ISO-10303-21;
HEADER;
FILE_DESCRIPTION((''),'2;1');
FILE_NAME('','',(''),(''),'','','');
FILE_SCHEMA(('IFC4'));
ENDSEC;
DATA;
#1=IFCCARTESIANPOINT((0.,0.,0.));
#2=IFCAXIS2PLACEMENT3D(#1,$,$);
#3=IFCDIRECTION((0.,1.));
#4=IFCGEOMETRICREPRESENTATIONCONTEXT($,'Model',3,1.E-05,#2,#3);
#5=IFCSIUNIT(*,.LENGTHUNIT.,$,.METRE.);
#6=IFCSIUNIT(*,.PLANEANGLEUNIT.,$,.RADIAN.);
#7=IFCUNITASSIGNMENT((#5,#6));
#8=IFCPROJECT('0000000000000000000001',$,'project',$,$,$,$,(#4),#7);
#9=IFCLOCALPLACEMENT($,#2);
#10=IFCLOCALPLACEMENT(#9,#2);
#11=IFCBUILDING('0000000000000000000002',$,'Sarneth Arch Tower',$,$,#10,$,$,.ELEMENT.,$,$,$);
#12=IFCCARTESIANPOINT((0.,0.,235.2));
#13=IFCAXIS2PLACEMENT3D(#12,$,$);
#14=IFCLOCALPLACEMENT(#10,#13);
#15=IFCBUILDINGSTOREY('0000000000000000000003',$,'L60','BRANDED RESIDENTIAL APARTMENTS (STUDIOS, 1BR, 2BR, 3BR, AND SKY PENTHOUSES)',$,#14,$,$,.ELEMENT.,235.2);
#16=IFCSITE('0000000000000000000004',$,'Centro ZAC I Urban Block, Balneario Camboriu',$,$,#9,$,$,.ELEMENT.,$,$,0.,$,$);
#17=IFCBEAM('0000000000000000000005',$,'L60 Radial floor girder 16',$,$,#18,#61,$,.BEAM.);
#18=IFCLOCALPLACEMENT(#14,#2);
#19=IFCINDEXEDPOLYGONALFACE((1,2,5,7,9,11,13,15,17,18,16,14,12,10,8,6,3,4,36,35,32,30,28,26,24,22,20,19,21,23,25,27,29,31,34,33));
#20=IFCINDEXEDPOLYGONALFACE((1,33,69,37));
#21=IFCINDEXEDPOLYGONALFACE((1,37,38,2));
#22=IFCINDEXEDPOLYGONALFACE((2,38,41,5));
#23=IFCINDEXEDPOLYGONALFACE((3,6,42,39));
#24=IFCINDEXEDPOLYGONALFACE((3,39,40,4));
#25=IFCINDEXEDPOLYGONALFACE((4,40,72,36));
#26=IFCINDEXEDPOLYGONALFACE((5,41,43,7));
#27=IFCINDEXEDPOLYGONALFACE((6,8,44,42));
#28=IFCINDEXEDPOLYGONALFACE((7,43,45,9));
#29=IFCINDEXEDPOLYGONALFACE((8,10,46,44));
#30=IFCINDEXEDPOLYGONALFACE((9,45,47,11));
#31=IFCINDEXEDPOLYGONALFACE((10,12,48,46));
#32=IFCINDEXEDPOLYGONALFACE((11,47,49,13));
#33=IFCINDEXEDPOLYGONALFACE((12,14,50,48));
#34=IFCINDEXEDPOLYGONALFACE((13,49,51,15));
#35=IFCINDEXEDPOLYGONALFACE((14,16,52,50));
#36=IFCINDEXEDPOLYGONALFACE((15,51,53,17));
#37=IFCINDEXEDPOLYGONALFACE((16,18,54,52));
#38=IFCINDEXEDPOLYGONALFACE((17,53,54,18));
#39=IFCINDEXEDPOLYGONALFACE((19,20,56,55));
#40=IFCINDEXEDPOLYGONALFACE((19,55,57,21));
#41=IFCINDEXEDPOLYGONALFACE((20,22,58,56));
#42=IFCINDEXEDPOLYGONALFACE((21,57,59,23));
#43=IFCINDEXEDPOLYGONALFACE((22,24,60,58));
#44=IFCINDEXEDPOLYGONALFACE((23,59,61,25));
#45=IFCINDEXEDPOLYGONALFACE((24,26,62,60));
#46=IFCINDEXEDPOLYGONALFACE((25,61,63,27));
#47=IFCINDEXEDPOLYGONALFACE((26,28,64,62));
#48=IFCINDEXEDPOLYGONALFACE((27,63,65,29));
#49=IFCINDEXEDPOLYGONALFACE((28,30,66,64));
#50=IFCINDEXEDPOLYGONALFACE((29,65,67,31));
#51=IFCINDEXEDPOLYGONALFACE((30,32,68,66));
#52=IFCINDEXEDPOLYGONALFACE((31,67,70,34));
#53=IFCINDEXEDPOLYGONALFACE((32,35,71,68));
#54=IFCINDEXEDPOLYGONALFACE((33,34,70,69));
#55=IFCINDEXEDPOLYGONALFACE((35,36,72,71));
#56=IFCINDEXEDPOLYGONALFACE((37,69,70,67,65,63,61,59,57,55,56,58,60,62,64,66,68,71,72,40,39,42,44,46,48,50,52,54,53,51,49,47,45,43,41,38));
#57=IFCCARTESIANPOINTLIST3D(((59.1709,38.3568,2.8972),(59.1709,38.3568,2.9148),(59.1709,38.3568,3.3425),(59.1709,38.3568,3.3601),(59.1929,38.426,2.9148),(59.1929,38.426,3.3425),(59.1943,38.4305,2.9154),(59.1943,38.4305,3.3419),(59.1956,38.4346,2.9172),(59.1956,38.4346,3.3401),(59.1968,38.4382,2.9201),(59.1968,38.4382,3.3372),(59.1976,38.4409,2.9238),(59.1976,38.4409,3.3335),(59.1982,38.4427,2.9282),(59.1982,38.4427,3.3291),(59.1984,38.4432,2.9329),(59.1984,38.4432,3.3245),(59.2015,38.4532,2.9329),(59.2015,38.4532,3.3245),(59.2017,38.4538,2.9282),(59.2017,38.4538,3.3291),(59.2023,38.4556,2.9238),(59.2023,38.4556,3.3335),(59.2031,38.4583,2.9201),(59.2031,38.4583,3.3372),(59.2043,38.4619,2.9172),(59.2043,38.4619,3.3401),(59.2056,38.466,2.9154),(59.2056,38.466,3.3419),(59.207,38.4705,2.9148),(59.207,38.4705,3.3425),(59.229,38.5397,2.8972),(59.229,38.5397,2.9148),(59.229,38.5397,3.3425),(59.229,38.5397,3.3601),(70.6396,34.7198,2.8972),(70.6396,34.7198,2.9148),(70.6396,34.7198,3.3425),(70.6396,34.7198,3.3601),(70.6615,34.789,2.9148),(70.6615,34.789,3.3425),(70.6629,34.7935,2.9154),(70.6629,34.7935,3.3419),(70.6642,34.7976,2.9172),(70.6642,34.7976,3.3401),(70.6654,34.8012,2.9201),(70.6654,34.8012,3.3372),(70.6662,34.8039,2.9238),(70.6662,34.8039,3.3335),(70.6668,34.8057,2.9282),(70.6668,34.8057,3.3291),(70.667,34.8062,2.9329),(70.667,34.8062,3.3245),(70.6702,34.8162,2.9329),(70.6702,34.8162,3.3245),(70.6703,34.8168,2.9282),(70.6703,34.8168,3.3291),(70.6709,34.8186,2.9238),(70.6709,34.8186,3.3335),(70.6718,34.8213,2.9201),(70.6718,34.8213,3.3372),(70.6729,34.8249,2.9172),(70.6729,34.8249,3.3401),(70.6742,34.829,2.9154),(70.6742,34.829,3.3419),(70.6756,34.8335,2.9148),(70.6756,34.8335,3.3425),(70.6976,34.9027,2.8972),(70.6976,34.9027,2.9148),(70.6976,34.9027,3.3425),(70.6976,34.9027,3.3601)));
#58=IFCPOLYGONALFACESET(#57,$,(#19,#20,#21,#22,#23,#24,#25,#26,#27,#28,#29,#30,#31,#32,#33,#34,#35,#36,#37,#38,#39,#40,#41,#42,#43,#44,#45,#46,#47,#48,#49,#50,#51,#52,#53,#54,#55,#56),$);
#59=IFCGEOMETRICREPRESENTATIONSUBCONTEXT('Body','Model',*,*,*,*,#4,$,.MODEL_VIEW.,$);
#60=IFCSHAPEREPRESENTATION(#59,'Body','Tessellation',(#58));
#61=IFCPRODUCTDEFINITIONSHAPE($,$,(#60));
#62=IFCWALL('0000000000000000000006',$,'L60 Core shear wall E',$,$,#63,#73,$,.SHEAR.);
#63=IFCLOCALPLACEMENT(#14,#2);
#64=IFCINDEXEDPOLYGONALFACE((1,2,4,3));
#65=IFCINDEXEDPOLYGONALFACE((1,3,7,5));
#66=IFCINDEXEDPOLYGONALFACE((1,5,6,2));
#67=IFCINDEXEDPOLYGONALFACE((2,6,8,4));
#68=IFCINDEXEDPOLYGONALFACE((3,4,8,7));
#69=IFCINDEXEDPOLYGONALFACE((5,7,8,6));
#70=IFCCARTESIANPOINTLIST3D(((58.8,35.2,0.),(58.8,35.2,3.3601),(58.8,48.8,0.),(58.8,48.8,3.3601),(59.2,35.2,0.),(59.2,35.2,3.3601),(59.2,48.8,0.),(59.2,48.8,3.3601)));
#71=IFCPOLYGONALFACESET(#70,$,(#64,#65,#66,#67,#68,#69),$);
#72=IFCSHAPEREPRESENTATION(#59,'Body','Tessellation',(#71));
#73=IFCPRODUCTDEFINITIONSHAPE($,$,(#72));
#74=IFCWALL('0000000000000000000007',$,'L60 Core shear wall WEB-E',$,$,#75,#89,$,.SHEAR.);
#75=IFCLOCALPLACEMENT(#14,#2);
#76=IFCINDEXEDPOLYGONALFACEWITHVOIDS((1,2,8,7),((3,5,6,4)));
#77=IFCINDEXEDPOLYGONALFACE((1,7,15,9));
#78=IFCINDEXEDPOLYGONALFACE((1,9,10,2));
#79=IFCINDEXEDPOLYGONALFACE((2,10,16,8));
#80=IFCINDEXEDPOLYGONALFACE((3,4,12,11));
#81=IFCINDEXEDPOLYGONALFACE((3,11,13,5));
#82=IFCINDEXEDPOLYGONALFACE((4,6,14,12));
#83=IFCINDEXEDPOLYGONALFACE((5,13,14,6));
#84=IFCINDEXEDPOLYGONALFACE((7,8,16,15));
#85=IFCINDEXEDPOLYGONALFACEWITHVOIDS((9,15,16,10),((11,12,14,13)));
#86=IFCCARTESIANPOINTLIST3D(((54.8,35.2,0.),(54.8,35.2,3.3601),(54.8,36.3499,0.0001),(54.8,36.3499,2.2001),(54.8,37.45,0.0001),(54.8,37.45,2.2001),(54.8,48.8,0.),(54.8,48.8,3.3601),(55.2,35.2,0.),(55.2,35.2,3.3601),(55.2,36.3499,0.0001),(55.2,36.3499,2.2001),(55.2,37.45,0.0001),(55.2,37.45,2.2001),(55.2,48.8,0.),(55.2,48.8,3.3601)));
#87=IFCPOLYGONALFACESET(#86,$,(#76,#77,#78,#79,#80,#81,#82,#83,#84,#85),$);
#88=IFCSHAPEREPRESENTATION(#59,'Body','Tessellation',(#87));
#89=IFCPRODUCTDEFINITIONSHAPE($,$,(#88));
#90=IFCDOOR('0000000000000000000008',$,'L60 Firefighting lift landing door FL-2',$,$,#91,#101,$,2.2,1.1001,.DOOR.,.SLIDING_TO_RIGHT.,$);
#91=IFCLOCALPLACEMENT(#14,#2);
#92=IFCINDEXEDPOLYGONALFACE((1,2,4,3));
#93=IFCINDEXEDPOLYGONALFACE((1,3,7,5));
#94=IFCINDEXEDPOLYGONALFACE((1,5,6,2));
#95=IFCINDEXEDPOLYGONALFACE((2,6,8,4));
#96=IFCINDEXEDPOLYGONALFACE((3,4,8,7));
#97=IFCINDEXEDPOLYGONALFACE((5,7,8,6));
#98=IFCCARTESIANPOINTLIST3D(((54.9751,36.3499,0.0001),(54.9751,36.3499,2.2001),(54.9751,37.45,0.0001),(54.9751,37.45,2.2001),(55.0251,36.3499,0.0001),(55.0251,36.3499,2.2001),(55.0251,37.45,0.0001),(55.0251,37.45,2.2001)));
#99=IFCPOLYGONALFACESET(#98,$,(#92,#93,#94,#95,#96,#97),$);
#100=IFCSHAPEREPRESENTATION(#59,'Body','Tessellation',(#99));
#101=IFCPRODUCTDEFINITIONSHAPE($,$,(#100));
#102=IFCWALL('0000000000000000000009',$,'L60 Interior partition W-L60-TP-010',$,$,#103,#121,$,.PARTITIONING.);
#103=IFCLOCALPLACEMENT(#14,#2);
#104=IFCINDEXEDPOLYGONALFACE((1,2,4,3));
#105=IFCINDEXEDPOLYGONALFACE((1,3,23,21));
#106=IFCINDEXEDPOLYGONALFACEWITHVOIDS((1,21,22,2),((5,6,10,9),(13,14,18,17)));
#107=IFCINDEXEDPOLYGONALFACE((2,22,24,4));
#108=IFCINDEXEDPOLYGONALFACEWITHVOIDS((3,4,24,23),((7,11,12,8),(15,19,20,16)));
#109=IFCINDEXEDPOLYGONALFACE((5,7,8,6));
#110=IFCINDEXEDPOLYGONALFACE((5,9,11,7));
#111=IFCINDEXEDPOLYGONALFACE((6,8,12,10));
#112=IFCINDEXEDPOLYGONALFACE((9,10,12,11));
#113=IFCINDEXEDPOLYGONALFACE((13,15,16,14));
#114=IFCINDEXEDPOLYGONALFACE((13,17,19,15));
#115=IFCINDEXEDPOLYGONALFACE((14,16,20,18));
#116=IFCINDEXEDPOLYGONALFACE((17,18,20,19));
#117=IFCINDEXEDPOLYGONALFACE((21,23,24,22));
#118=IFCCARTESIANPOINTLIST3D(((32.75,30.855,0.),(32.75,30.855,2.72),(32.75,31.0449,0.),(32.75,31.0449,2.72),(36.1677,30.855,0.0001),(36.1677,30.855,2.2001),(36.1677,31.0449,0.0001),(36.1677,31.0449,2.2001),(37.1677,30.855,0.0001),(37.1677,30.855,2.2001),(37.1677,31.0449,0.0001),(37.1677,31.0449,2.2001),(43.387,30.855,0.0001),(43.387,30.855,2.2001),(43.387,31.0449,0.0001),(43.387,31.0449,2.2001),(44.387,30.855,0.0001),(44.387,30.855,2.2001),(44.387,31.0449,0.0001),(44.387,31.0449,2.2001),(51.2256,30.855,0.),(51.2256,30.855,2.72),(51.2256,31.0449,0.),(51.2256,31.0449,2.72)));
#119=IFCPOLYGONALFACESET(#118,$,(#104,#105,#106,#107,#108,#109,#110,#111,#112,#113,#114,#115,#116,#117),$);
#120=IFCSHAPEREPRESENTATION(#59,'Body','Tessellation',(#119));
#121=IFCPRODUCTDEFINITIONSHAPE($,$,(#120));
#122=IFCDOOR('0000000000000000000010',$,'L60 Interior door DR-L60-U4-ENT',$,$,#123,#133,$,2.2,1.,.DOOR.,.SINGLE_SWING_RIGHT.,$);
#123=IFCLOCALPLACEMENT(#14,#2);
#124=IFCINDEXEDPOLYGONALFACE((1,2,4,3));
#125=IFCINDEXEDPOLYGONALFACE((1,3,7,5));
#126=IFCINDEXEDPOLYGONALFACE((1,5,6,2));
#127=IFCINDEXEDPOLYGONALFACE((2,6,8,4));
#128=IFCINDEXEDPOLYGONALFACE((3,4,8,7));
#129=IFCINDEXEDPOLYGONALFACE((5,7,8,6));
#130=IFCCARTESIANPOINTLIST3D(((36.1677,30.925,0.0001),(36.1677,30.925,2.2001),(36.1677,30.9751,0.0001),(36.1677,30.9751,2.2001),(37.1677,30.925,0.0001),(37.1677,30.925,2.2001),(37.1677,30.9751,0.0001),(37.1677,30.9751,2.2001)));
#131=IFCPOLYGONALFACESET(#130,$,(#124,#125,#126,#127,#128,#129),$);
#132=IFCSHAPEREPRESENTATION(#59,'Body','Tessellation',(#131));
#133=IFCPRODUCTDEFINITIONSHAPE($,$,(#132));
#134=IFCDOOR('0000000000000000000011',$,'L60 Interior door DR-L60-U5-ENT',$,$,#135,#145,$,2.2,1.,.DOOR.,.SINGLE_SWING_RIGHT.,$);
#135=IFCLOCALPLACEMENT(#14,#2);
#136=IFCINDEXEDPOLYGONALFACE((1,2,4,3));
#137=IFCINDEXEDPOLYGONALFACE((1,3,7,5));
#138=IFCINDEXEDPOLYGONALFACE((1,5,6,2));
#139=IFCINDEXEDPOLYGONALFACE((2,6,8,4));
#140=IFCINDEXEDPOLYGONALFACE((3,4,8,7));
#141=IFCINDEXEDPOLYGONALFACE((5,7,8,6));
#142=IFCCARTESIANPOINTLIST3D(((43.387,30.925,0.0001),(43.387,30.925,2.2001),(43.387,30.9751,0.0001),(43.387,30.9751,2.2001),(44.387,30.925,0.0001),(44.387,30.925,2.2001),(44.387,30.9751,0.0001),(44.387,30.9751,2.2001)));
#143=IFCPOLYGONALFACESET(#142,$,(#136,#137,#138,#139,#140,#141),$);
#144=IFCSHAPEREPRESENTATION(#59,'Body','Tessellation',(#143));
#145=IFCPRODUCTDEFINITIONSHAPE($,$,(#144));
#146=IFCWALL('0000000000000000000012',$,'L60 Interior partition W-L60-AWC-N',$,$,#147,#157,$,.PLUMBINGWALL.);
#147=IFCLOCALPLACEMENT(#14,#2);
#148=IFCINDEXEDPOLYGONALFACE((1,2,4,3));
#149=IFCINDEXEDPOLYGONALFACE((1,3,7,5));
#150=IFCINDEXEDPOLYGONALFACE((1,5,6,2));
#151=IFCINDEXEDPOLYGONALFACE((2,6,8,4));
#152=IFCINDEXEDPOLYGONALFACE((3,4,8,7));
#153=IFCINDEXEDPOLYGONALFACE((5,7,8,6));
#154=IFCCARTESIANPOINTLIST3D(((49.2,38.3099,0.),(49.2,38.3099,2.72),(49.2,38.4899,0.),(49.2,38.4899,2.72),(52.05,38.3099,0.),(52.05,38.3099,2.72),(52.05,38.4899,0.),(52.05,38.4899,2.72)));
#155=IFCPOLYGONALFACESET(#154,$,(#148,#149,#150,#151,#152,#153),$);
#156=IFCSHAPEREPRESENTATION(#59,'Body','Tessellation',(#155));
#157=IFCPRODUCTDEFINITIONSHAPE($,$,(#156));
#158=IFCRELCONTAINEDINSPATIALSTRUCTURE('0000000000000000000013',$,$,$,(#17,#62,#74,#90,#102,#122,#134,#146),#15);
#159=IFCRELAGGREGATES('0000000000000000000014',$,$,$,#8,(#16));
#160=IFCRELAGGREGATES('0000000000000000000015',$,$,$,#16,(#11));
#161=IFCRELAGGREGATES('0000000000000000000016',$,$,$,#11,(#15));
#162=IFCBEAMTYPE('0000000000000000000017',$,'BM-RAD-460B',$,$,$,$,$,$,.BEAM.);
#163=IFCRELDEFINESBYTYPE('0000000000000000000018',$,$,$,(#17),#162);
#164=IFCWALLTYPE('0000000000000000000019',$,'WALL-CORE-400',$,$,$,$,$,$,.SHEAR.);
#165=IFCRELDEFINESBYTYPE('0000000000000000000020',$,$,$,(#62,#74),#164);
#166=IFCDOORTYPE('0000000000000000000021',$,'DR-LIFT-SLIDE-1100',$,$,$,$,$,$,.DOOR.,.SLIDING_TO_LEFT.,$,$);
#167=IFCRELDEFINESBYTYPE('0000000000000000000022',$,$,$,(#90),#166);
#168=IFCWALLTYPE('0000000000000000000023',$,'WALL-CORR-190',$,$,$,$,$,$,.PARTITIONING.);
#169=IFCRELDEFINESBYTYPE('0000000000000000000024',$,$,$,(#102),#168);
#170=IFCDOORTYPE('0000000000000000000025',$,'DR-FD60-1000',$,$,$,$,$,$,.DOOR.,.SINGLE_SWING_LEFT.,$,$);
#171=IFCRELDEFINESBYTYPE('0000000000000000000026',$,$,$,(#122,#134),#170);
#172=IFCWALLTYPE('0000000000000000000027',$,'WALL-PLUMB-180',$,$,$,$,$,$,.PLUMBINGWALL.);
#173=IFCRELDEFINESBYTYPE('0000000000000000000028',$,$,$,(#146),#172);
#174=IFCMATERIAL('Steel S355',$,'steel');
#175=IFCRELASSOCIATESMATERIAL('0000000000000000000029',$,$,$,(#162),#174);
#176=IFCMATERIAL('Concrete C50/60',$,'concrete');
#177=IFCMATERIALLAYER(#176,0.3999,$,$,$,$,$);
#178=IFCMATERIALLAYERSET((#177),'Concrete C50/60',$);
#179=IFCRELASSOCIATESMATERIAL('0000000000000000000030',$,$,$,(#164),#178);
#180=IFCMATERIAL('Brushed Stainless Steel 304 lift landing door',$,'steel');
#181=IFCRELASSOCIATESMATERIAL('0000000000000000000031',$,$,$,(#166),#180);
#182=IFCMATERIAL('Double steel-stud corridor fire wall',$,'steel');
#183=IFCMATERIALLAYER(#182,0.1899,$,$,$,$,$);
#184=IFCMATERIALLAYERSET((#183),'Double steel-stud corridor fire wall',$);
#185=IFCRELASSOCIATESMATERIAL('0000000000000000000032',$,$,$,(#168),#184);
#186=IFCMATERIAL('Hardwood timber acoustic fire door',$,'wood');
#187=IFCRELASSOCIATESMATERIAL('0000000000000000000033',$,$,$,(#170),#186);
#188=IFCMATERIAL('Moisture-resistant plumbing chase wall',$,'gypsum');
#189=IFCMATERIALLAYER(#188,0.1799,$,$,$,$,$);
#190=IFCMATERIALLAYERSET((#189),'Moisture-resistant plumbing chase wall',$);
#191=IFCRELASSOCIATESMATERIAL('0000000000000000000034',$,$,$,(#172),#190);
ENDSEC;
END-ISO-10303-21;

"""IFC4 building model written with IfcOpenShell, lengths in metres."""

from ifc_helpers import new_model, si_unit, direction, frame, frame_2d, origin, origin_2d, place, context, subcontext, project, spatial, rectangle, i_section, extrude, material, layer, layer_set, material_profile, profile_set, type_object, element, fill, save


model = new_model("IFC4")

# Units and contexts
model_context = context("Model", 3, precision=1e-05, world=origin(), true_north=direction((0.0, 1.0)))
body_context = subcontext(model_context, "Body", "Model", "MODEL_VIEW")
ifc_project = project(units=[si_unit("LENGTHUNIT", "METRE"), si_unit("PLANEANGLEUNIT", "RADIAN")], contexts=[model_context])

# Site, building, storey
site_placement = place(None, origin())
site = spatial("IfcSite", under=ifc_project, at=site_placement, Name="Centro ZAC I Urban Block, Balneario Camboriu", CompositionType="ELEMENT", RefElevation=0.0)
building_placement = place(site_placement, origin())
building = spatial("IfcBuilding", under=site, at=building_placement, Name="Sarneth Arch Tower", CompositionType="ELEMENT")
storey_placement = place(building_placement, frame((0.0, 0.0, 235.2)))
storey = spatial("IfcBuildingStorey", under=building, at=storey_placement, Name="L60", Description="BRANDED RESIDENTIAL APARTMENTS (STUDIOS, 1BR, 2BR, 3BR, AND SKY PENTHOUSES)", CompositionType="ELEMENT", Elevation=235.2)

# Beam
ifc_material_1 = material(Name="Steel S355", Category="steel")
ifc_material_profile_1 = material_profile(ifc_material_1, i_section(OverallWidth=0.1919, OverallDepth=0.4629, WebThickness=0.0105, FlangeThickness=0.0176, FilletRadius=0.0181, at=origin_2d()), Name="W460x89")
ifc_profile_set_1 = profile_set([ifc_material_profile_1], Name="Steel S355")
beam_type_1 = type_object("IfcBeamType", Name="BM-RAD-460B", PredefinedType="BEAM", material=ifc_profile_set_1)
beam_1_placement = place(storey_placement, frame((59.2, 38.4482, 3.1287), z_axis=(0.953216, -0.30229, 0.0), x_axis=(0.30229, 0.953216, 0.0)))
element("IfcBeam", 1, at=beam_1_placement, inside=storey, type_object=beam_type_1, Name="L60 Radial floor girder 16", PredefinedType="BEAM", context=body_context, shape_type="SweptSolid", body=[
    extrude(i_section(OverallWidth=0.1919, OverallDepth=0.4629, WebThickness=0.0105, FlangeThickness=0.0176, FilletRadius=0.0181, at=origin_2d()), origin(), (0.0, 0.0, 1.0), 12.0315),
])

# Shared definitions
ifc_material_2 = material(Name="Concrete C50/60", Category="concrete")
ifc_layer_1 = layer(ifc_material_2, 0.3999)
ifc_layer_set_1 = layer_set([ifc_layer_1], Name="Concrete C50/60")
wall_type_1 = type_object("IfcWallType", Name="WALL-CORE-400", PredefinedType="SHEAR", material=ifc_layer_set_1)

# Wall
wall_1_placement = place(storey_placement, frame((59.0, 35.2, 0.0), z_axis=(0.0, 0.0, 1.0), x_axis=(0.0, 1.0, 0.0)))
element("IfcWall", 2, at=wall_1_placement, inside=storey, type_object=wall_type_1, Name="L60 Core shear wall E", PredefinedType="SHEAR", context=body_context, shape_type="SweptSolid", body=[
    extrude(rectangle(XDim=13.6001, YDim=0.3999, at=frame_2d((6.8, 0.0))), origin(), (0.0, 0.0, 1.0), 3.3601),
])

# Wall, opening, door
wall_2_placement = place(storey_placement, frame((55.0, 35.2, 0.0), z_axis=(0.0, 0.0, 1.0), x_axis=(0.0, 1.0, 0.0)))
wall_2 = element("IfcWall", 3, at=wall_2_placement, inside=storey, type_object=wall_type_1, Name="L60 Core shear wall WEB-E", PredefinedType="SHEAR", context=body_context, shape_type="SweptSolid", body=[
    extrude(rectangle(XDim=13.6001, YDim=0.3999, at=frame_2d((6.8, 0.0))), origin(), (0.0, 0.0, 1.0), 3.3601),
])
opening_1_placement = place(wall_2_placement, frame((1.1499, 0.0, 0.0)))
opening_1 = element("IfcOpeningElement", 4, at=opening_1_placement, cuts=wall_2, PredefinedType="OPENING", context=body_context, shape_type="SweptSolid", body=[
    extrude(rectangle(XDim=1.1001, YDim=2.2, at=frame_2d((0.55, 1.1001))), frame((0.0, 0.21, 0.0), z_axis=(0.0, -1.0, 0.0), x_axis=(1.0, 0.0, 0.0)), (0.0, 0.0, 1.0), 0.4199),
])
ifc_material_3 = material(Name="Brushed Stainless Steel 304 lift landing door", Category="steel")
door_type_1 = type_object("IfcDoorType", Name="DR-LIFT-SLIDE-1100", OperationType="SLIDING_TO_LEFT", PredefinedType="DOOR", material=ifc_material_3)
door_1_placement = place(opening_1_placement, origin())
door_1 = element("IfcDoor", 5, at=door_1_placement, inside=storey, type_object=door_type_1, Name="L60 Firefighting lift landing door FL-2", OperationType="SLIDING_TO_RIGHT", OverallHeight=2.2, OverallWidth=1.1001, PredefinedType="DOOR", context=body_context, shape_type="SweptSolid", body=[
    extrude(rectangle(XDim=1.1001, YDim=2.2, at=frame_2d((0.55, 1.1001))), frame((0.0, 0.0249, 0.0), z_axis=(0.0, -1.0, 0.0), x_axis=(1.0, 0.0, 0.0)), (0.0, 0.0, 1.0), 0.05),
])
fill(opening_1, door_1)

# Wall, openings, doors
ifc_material_4 = material(Name="Double steel-stud corridor fire wall", Category="steel")
ifc_layer_2 = layer(ifc_material_4, 0.1899)
ifc_layer_set_2 = layer_set([ifc_layer_2], Name="Double steel-stud corridor fire wall")
wall_type_2 = type_object("IfcWallType", Name="WALL-CORR-190", PredefinedType="PARTITIONING", material=ifc_layer_set_2)
wall_3_placement = place(storey_placement, frame((51.2256, 30.95, 0.0), z_axis=(0.0, 0.0, 1.0), x_axis=(-1.0, 0.0, 0.0)))
wall_3 = element("IfcWall", 6, at=wall_3_placement, inside=storey, type_object=wall_type_2, Name="L60 Interior partition W-L60-TP-010", PredefinedType="PARTITIONING", context=body_context, shape_type="SweptSolid", body=[
    extrude(rectangle(XDim=18.4756, YDim=0.1899, at=frame_2d((9.2378, 0.0))), origin(), (0.0, 0.0, 1.0), 2.72),
])
opening_2_placement = place(wall_3_placement, frame((14.0579, 0.0, 0.0)))
opening_2 = element("IfcOpeningElement", 7, at=opening_2_placement, cuts=wall_3, PredefinedType="OPENING", context=body_context, shape_type="SweptSolid", body=[
    extrude(rectangle(XDim=1.0, YDim=2.2, at=frame_2d((0.5, 1.1001))), frame((0.0, 0.105, 0.0), z_axis=(0.0, -1.0, 0.0), x_axis=(1.0, 0.0, 0.0)), (0.0, 0.0, 1.0), 0.21),
])
opening_3_placement = place(wall_3_placement, frame((6.8386, 0.0, 0.0)))
opening_3 = element("IfcOpeningElement", 8, at=opening_3_placement, cuts=wall_3, PredefinedType="OPENING", context=body_context, shape_type="SweptSolid", body=[
    extrude(rectangle(XDim=1.0, YDim=2.2, at=frame_2d((0.5, 1.1001))), frame((0.0, 0.105, 0.0), z_axis=(0.0, -1.0, 0.0), x_axis=(1.0, 0.0, 0.0)), (0.0, 0.0, 1.0), 0.21),
])
ifc_material_5 = material(Name="Hardwood timber acoustic fire door", Category="wood")
door_type_2 = type_object("IfcDoorType", Name="DR-FD60-1000", OperationType="SINGLE_SWING_LEFT", PredefinedType="DOOR", material=ifc_material_5)
door_2_placement = place(opening_2_placement, origin())
door_2 = element("IfcDoor", 9, at=door_2_placement, inside=storey, type_object=door_type_2, Name="L60 Interior door DR-L60-U4-ENT", OperationType="SINGLE_SWING_RIGHT", OverallHeight=2.2, OverallWidth=1.0, PredefinedType="DOOR", context=body_context, shape_type="SweptSolid", body=[
    extrude(rectangle(XDim=1.0, YDim=2.2, at=frame_2d((0.5, 1.1001))), frame((0.0, 0.0249, 0.0), z_axis=(0.0, -1.0, 0.0), x_axis=(1.0, 0.0, 0.0)), (0.0, 0.0, 1.0), 0.05),
])
fill(opening_2, door_2)
door_3_placement = place(opening_3_placement, origin())
door_3 = element("IfcDoor", 10, at=door_3_placement, inside=storey, type_object=door_type_2, Name="L60 Interior door DR-L60-U5-ENT", OperationType="SINGLE_SWING_RIGHT", OverallHeight=2.2, OverallWidth=1.0, PredefinedType="DOOR", context=body_context, shape_type="SweptSolid", body=[
    extrude(rectangle(XDim=1.0, YDim=2.2, at=frame_2d((0.5, 1.1001))), frame((0.0, 0.0249, 0.0), z_axis=(0.0, -1.0, 0.0), x_axis=(1.0, 0.0, 0.0)), (0.0, 0.0, 1.0), 0.05),
])
fill(opening_3, door_3)

# Wall
ifc_material_6 = material(Name="Moisture-resistant plumbing chase wall", Category="gypsum")
ifc_layer_3 = layer(ifc_material_6, 0.1799)
ifc_layer_set_3 = layer_set([ifc_layer_3], Name="Moisture-resistant plumbing chase wall")
wall_type_3 = type_object("IfcWallType", Name="WALL-PLUMB-180", PredefinedType="PLUMBINGWALL", material=ifc_layer_set_3)
wall_4_placement = place(storey_placement, frame((49.2, 38.3999, 0.0), z_axis=(0.0, 0.0, 1.0), x_axis=(1.0, 0.0, 0.0)))
element("IfcWall", 11, at=wall_4_placement, inside=storey, type_object=wall_type_3, Name="L60 Interior partition W-L60-AWC-N", PredefinedType="PLUMBINGWALL", context=body_context, shape_type="SweptSolid", body=[
    extrude(rectangle(XDim=2.8501, YDim=0.1799, at=frame_2d((1.425, 0.0))), origin(), (0.0, 0.0, 1.0), 2.72),
])

save(model, "model.ifc")
